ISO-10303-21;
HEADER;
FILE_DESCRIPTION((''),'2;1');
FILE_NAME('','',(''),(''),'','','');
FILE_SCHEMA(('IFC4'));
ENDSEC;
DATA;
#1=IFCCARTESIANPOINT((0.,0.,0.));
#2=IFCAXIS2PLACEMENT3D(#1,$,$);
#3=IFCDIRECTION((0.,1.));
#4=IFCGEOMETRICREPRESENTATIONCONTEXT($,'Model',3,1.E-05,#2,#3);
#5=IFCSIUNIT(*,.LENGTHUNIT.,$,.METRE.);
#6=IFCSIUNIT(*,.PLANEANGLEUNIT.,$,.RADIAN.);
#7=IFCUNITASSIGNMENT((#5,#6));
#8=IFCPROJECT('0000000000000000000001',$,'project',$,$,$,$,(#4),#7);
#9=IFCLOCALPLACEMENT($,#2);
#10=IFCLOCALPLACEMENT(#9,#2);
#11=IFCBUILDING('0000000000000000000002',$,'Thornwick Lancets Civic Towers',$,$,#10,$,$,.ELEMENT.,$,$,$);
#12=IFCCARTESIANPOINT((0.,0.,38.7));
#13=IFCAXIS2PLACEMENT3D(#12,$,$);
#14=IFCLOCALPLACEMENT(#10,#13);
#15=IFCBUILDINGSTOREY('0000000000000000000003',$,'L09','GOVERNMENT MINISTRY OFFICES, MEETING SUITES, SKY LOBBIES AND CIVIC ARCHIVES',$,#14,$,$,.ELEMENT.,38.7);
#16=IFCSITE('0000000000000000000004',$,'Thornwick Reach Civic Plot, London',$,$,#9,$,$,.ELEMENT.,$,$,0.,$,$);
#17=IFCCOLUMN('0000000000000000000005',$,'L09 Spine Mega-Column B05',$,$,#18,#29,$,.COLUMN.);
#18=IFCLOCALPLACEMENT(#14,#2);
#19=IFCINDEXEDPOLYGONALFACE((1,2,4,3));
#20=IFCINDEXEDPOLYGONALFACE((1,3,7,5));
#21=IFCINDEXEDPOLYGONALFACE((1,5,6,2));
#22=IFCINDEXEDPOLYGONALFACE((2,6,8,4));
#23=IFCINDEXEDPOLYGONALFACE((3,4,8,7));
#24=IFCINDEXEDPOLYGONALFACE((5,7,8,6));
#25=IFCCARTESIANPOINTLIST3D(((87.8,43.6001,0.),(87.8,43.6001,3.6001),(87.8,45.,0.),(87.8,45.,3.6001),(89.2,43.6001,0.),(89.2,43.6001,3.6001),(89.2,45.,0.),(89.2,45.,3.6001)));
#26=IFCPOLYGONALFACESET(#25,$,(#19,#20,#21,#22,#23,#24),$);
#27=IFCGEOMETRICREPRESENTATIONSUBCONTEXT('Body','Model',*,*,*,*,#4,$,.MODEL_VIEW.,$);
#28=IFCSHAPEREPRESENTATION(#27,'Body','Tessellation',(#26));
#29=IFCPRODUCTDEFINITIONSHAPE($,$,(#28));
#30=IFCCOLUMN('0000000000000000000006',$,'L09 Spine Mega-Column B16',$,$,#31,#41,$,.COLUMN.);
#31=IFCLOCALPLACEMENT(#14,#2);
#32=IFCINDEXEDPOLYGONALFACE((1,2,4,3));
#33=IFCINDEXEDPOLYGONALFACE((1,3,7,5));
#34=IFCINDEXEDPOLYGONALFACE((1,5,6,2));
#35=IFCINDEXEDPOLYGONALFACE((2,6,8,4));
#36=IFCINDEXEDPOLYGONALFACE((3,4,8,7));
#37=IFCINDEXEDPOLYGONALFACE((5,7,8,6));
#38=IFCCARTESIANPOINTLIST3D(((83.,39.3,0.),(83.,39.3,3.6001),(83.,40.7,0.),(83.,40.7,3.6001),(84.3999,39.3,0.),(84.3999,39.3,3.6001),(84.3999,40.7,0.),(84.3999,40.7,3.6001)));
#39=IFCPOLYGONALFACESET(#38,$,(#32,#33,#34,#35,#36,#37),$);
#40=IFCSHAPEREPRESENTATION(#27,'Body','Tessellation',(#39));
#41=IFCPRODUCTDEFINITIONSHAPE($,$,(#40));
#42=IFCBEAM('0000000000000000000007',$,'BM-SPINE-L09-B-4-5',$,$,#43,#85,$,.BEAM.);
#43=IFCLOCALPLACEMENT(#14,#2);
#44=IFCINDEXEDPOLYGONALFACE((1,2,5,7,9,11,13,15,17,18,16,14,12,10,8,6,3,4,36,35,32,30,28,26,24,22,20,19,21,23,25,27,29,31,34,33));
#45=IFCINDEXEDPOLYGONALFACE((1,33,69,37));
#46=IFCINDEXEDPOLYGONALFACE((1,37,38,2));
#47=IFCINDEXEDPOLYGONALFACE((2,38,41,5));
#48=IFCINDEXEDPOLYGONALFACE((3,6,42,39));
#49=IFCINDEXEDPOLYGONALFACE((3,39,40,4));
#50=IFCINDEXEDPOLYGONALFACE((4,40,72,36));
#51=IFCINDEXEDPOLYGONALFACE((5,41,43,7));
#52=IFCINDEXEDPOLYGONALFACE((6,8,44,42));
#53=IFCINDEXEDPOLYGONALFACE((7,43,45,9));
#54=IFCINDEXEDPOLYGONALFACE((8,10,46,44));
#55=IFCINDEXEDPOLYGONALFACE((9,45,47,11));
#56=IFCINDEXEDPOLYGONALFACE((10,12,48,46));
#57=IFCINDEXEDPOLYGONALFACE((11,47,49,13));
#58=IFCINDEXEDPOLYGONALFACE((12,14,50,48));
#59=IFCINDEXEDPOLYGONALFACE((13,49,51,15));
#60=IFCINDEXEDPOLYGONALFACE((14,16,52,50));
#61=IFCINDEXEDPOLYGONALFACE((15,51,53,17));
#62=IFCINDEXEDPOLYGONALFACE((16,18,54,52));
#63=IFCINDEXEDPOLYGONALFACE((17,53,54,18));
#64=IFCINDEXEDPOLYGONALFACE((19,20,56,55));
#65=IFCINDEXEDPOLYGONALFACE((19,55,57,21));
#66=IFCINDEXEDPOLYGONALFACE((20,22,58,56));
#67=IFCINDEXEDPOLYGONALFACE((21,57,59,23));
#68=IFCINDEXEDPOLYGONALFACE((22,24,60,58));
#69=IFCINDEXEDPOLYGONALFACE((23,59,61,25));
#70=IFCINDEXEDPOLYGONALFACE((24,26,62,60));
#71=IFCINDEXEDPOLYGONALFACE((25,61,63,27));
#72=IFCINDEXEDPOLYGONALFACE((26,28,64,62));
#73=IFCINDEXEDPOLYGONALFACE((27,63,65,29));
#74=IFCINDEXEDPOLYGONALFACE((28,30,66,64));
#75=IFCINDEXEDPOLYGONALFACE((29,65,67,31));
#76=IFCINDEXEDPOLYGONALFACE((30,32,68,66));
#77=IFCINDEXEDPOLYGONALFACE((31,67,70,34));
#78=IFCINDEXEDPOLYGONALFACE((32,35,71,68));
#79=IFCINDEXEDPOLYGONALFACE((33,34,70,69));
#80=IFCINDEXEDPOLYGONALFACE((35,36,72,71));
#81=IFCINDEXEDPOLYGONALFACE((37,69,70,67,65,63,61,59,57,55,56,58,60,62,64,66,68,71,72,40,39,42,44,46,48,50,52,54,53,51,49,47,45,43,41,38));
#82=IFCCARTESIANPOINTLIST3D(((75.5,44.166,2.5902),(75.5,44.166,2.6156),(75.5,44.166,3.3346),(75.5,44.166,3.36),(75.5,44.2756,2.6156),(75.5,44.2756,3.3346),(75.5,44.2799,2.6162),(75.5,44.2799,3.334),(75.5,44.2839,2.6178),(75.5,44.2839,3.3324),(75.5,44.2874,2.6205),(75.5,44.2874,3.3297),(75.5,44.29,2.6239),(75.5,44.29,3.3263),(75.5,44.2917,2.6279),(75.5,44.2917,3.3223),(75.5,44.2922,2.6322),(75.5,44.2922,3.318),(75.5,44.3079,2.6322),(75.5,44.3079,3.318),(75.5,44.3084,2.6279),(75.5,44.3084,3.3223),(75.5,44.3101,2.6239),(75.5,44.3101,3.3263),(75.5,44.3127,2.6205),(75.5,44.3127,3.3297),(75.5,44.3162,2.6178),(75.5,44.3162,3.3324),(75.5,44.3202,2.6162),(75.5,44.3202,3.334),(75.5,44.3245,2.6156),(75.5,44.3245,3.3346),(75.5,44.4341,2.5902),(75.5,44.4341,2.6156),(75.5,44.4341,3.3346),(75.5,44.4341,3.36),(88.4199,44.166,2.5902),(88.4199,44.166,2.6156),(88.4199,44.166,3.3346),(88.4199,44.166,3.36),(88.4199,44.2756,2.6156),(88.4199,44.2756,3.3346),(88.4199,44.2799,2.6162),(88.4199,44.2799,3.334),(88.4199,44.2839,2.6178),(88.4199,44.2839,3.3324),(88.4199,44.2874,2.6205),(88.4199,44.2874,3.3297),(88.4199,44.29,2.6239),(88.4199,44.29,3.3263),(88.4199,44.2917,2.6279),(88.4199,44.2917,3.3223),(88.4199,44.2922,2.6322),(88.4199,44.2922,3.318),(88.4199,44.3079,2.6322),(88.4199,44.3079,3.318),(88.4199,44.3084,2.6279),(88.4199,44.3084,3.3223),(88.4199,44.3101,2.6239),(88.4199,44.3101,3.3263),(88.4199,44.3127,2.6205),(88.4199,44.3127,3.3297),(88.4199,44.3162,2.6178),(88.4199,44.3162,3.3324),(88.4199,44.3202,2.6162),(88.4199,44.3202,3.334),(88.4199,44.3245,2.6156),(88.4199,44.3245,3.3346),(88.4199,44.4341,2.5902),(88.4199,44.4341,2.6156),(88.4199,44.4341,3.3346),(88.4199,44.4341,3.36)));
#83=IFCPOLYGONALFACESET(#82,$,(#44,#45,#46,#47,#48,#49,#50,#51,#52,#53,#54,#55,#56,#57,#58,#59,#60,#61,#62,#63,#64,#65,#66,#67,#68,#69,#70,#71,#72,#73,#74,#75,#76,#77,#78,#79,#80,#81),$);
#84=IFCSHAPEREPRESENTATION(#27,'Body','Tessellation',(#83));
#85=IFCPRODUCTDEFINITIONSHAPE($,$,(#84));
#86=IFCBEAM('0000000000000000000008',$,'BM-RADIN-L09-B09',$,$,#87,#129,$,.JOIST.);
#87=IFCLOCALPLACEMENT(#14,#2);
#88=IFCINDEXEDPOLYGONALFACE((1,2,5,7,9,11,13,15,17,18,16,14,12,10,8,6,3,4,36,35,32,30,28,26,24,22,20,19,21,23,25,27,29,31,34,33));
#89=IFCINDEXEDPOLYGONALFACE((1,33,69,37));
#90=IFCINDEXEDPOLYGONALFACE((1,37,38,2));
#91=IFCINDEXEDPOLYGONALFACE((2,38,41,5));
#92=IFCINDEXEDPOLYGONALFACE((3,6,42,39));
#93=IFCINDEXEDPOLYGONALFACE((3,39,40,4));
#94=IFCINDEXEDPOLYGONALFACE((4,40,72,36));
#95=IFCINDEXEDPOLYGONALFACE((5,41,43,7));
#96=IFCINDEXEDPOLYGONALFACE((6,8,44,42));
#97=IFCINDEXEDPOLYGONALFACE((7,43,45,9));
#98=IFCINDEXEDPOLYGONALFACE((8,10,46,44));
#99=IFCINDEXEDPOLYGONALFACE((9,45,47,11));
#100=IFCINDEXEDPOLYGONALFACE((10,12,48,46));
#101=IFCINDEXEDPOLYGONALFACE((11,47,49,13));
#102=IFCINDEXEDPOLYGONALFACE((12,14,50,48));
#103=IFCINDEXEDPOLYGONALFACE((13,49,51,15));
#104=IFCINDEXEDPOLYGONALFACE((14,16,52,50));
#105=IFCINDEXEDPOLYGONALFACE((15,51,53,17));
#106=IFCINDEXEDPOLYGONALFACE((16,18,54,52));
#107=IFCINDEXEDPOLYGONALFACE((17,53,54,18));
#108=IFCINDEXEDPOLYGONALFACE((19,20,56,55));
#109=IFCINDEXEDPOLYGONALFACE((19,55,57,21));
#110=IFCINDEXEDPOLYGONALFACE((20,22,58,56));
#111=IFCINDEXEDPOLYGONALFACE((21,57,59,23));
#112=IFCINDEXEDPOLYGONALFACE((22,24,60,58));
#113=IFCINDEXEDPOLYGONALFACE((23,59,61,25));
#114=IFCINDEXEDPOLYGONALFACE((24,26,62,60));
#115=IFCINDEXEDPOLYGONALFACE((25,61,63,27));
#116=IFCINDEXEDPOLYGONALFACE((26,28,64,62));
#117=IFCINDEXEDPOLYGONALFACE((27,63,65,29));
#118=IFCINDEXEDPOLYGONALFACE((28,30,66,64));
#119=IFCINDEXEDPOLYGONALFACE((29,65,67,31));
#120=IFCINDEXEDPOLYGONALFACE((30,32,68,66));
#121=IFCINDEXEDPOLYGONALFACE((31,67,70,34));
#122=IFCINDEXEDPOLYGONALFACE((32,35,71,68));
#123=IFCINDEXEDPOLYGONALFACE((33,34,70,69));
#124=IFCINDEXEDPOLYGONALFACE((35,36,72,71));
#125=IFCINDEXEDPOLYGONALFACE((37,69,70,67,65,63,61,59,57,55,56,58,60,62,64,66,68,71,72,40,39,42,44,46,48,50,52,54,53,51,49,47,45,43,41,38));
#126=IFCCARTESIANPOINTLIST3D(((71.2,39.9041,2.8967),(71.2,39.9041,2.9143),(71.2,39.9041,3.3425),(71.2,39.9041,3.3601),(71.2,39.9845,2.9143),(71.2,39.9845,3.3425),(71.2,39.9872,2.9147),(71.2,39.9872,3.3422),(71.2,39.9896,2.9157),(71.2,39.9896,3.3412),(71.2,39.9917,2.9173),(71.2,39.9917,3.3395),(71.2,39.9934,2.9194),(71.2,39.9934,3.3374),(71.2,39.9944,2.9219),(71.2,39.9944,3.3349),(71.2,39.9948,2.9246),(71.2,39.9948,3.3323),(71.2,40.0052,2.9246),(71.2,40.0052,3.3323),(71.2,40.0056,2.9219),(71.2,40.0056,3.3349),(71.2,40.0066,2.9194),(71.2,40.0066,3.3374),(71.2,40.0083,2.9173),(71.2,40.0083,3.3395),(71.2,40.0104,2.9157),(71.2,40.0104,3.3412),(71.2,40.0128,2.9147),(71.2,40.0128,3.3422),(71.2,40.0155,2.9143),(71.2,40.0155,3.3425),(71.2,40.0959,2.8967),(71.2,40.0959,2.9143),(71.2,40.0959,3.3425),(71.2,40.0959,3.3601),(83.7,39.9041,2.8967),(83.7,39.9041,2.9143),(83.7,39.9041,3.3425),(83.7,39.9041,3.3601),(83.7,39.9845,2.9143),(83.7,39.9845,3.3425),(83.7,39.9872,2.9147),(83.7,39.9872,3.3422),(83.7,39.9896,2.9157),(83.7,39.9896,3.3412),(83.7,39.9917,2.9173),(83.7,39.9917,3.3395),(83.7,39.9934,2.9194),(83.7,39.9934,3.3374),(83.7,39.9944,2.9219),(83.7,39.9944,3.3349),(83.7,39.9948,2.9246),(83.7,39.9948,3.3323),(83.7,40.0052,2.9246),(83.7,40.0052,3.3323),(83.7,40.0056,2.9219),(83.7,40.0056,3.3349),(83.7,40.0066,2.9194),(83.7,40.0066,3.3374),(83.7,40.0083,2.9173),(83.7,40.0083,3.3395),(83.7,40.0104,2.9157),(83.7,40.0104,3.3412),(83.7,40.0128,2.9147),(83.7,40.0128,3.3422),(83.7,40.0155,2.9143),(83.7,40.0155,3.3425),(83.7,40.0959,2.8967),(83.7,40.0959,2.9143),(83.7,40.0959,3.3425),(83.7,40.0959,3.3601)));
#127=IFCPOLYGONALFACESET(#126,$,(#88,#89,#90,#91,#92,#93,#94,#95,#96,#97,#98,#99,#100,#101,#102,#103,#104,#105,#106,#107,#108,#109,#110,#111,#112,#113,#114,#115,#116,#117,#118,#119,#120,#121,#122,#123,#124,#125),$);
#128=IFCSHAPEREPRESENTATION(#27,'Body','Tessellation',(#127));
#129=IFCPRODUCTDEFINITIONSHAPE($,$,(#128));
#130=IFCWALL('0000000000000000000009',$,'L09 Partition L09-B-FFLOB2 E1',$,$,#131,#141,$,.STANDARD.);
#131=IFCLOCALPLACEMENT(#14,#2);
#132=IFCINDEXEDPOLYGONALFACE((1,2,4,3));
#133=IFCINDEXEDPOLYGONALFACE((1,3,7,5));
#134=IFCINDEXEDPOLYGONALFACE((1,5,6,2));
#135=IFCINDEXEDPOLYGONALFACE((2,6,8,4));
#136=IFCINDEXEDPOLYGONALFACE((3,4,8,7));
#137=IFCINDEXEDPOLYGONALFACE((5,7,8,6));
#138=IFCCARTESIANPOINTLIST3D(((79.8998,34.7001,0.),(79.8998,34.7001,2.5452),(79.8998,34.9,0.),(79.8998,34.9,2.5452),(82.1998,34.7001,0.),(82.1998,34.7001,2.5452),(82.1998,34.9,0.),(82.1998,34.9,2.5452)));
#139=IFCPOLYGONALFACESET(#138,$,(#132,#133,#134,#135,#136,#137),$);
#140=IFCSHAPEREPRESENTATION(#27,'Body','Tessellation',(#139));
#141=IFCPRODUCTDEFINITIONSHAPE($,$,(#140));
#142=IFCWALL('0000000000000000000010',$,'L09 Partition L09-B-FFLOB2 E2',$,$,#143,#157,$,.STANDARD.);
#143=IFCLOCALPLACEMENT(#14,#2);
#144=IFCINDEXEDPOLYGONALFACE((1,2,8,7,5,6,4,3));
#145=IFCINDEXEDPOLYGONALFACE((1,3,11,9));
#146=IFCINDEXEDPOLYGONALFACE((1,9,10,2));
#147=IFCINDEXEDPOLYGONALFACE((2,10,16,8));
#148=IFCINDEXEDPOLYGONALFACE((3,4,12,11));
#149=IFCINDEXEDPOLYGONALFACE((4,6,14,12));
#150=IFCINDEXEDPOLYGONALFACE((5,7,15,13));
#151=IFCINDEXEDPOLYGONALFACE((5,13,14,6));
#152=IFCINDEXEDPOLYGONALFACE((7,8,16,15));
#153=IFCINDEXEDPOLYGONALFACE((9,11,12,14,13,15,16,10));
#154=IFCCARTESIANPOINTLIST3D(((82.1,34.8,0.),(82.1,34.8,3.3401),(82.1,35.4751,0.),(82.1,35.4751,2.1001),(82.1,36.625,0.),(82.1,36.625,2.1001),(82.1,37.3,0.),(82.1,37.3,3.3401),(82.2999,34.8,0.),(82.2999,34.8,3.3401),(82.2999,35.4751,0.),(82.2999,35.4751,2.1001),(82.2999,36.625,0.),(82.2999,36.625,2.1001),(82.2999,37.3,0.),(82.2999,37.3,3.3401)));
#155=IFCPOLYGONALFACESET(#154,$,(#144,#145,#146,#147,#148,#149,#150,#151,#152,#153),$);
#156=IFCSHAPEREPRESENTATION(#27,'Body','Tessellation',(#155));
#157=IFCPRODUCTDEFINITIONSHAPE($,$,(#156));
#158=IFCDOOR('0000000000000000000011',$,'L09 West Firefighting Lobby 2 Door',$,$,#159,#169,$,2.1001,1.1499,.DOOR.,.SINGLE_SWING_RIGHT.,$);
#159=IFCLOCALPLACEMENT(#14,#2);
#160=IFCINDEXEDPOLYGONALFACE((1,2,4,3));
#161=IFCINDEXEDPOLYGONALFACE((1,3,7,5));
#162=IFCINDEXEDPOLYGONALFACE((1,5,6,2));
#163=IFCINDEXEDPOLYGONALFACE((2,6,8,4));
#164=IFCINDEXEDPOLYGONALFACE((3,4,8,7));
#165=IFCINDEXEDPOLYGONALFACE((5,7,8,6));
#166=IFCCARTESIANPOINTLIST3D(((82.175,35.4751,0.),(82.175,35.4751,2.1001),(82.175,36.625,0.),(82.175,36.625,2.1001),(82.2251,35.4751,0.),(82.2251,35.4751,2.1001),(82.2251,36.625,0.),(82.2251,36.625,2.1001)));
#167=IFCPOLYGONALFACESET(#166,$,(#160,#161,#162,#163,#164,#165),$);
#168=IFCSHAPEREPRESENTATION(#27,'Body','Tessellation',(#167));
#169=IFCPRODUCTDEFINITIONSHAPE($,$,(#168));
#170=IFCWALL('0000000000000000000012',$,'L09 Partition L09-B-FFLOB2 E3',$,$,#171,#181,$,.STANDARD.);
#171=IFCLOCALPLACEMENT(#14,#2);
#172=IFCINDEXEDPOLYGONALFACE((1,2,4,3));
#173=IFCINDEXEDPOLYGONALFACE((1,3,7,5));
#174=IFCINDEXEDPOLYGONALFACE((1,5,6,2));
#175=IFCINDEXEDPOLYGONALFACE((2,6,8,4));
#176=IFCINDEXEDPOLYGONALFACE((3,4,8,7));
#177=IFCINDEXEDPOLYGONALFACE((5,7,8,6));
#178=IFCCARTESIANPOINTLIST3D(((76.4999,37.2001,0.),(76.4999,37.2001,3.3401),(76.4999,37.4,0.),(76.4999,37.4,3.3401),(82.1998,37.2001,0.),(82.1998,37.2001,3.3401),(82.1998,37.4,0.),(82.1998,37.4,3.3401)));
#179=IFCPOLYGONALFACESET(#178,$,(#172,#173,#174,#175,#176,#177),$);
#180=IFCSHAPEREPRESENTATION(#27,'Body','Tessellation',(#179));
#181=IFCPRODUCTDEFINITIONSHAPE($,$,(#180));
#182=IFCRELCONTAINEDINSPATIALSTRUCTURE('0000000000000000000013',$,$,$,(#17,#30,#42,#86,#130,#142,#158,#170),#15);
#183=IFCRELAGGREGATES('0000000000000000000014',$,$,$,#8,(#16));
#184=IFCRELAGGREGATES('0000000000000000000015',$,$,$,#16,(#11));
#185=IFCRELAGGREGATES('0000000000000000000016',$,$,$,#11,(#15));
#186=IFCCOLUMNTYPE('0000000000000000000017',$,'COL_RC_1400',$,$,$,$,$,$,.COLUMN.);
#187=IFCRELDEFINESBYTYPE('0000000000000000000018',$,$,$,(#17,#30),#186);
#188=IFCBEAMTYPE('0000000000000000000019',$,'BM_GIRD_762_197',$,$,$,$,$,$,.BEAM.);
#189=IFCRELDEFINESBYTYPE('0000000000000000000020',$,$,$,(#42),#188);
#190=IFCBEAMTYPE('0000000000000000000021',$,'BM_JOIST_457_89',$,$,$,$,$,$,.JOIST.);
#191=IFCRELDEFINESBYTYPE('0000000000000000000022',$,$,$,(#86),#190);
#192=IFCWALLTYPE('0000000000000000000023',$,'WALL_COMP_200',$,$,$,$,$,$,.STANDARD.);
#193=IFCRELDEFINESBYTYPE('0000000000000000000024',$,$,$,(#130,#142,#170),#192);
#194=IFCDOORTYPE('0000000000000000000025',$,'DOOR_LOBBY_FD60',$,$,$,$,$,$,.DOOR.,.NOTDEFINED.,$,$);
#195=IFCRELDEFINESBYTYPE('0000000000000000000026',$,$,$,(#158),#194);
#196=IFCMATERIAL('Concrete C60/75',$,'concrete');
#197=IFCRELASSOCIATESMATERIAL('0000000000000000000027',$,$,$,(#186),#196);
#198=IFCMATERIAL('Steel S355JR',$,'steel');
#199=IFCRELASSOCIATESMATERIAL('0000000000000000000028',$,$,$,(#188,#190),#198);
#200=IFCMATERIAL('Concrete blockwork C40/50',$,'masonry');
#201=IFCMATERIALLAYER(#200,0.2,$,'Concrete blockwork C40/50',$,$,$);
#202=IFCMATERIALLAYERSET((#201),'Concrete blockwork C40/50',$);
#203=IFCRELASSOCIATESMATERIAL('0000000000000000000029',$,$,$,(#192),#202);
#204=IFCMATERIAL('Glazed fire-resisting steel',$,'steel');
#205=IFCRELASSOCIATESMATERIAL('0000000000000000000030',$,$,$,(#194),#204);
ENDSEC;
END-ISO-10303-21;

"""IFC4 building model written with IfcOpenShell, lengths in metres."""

from ifc_helpers import new_model, si_unit, direction, frame, frame_2d, origin, origin_2d, place, context, subcontext, project, spatial, rectangle, i_section, extrude, material, layer, layer_set, material_profile, profile_set, type_object, element, fill, save


model = new_model("IFC4")

# Units and contexts
model_context = context("Model", 3, precision=1e-05, world=origin(), true_north=direction((0.0, 1.0)))
body_context = subcontext(model_context, "Body", "Model", "MODEL_VIEW")
ifc_project = project(units=[si_unit("LENGTHUNIT", "METRE"), si_unit("PLANEANGLEUNIT", "RADIAN")], contexts=[model_context])

# Site, building, storey
site_placement = place(None, origin())
site = spatial("IfcSite", under=ifc_project, at=site_placement, Name="Thornwick Reach Civic Plot, London", CompositionType="ELEMENT", RefElevation=0.0)
building_placement = place(site_placement, origin())
building = spatial("IfcBuilding", under=site, at=building_placement, Name="Thornwick Lancets Civic Towers", CompositionType="ELEMENT")
storey_placement = place(building_placement, frame((0.0, 0.0, 38.7)))
storey = spatial("IfcBuildingStorey", under=building, at=storey_placement, Name="L09", Description="GOVERNMENT MINISTRY OFFICES, MEETING SUITES, SKY LOBBIES AND CIVIC ARCHIVES", CompositionType="ELEMENT", Elevation=38.7)

# Columns
ifc_material_1 = material(Name="Concrete C60/75", Category="concrete")
ifc_material_profile_1 = material_profile(ifc_material_1, rectangle(XDim=1.3999, YDim=1.3999, at=origin_2d()), Name="RC 1400x1400")
ifc_profile_set_1 = profile_set([ifc_material_profile_1], Name="Concrete C60/75")
column_type = type_object("IfcColumnType", Name="COL_RC_1400", PredefinedType="COLUMN", material=ifc_profile_set_1)
for number, where, z_axis, x_axis, name in (
    (1, (88.5, 44.3, 0.0), (0.0, 0.0, 1.0), (1.0, 0.0, 0.0), "L09 Spine Mega-Column B05"),
    (2, (83.7, 40.0, 0.0), (0.0, 0.0, 1.0), (1.0, 0.0, 0.0), "L09 Spine Mega-Column B16"),
):
    element("IfcColumn", number, at=place(storey_placement, frame(where, z_axis=z_axis, x_axis=x_axis)), inside=storey, type_object=column_type, Name=name, PredefinedType="COLUMN", context=body_context, shape_type="SweptSolid", body=[
        extrude(rectangle(XDim=1.3999, YDim=1.3999, at=origin_2d()), origin(), (0.0, 0.0, 1.0), 3.6001),
    ])

# Beams
ifc_material_2 = material(Name="Steel S355JR", Category="steel")
ifc_material_profile_2 = material_profile(ifc_material_2, i_section(OverallWidth=0.2681, OverallDepth=0.7698, WebThickness=0.0156, FlangeThickness=0.0254, FilletRadius=0.0166, at=origin_2d()), Name="UKB 762x267x197")
ifc_profile_set_2 = profile_set([ifc_material_profile_2], Name="Steel S355JR")
beam_type_1 = type_object("IfcBeamType", Name="BM_GIRD_762_197", PredefinedType="BEAM", material=ifc_profile_set_2)
beam_1_placement = place(storey_placement, frame((88.4199, 44.3, 2.9751), z_axis=(-1.0, 0.0, 0.0), x_axis=(0.0, -1.0, 0.0)))
element("IfcBeam", 3, at=beam_1_placement, inside=storey, type_object=beam_type_1, Name="BM-SPINE-L09-B-4-5", PredefinedType="BEAM", context=body_context, shape_type="SweptSolid", body=[
    extrude(i_section(OverallWidth=0.2681, OverallDepth=0.7698, WebThickness=0.0156, FlangeThickness=0.0254, FilletRadius=0.0166, at=origin_2d()), origin(), (0.0, 0.0, 1.0), 12.9199),
])
ifc_material_profile_3 = material_profile(ifc_material_2, i_section(OverallWidth=0.1919, OverallDepth=0.4634, WebThickness=0.0105, FlangeThickness=0.0176, FilletRadius=0.0103, at=origin_2d()), Name="UKB 457x191x89")
ifc_profile_set_3 = profile_set([ifc_material_profile_3], Name="Steel S355JR")
beam_type_2 = type_object("IfcBeamType", Name="BM_JOIST_457_89", PredefinedType="JOIST", material=ifc_profile_set_3)
beam_2_placement = place(storey_placement, frame((83.7, 40.0, 3.1284), z_axis=(-1.0, 0.0, 0.0), x_axis=(0.0, -1.0, 0.0)))
element("IfcBeam", 4, at=beam_2_placement, inside=storey, type_object=beam_type_2, Name="BM-RADIN-L09-B09", PredefinedType="JOIST", context=body_context, shape_type="SweptSolid", body=[
    extrude(i_section(OverallWidth=0.1919, OverallDepth=0.4634, WebThickness=0.0105, FlangeThickness=0.0176, FilletRadius=0.0103, at=origin_2d()), origin(), (0.0, 0.0, 1.0), 12.5),
])

# Wall
ifc_material_3 = material(Name="Concrete blockwork C40/50", Category="masonry")
ifc_layer_1 = layer(ifc_material_3, 0.2, Name="Concrete blockwork C40/50")
ifc_layer_set_1 = layer_set([ifc_layer_1], Name="Concrete blockwork C40/50")
wall_type_1 = type_object("IfcWallType", Name="WALL_COMP_200", PredefinedType="STANDARD", material=ifc_layer_set_1)
wall_1_placement = place(storey_placement, frame((79.8999, 34.8, 0.0), z_axis=(0.0, 0.0, 1.0), x_axis=(1.0, 0.0, 0.0)))
element("IfcWall", 5, at=wall_1_placement, inside=storey, type_object=wall_type_1, Name="L09 Partition L09-B-FFLOB2 E1", PredefinedType="STANDARD", context=body_context, shape_type="SweptSolid", body=[
    extrude(rectangle(XDim=2.3, YDim=0.2, at=frame_2d((1.1499, 0.0))), origin(), (0.0, 0.0, 1.0), 2.5452),
])

# Wall, opening, door
wall_2_placement = place(storey_placement, frame((82.2, 34.8, 0.0), z_axis=(0.0, 0.0, 1.0), x_axis=(0.0, 1.0, 0.0)))
wall_2 = element("IfcWall", 6, at=wall_2_placement, inside=storey, type_object=wall_type_1, Name="L09 Partition L09-B-FFLOB2 E2", PredefinedType="STANDARD", context=body_context, shape_type="SweptSolid", body=[
    extrude(rectangle(XDim=2.5, YDim=0.2, at=frame_2d((1.25, 0.0))), origin(), (0.0, 0.0, 1.0), 3.3401),
])
opening_1_placement = place(wall_2_placement, frame((0.675, 0.0, 0.0)))
opening_1 = element("IfcOpeningElement", 7, at=opening_1_placement, cuts=wall_2, PredefinedType="OPENING", context=body_context, shape_type="SweptSolid", body=[
    extrude(rectangle(XDim=1.1499, YDim=2.1001, at=frame_2d((0.575, 1.05))), frame((0.0, 0.1099, 0.0), z_axis=(0.0, -1.0, 0.0), x_axis=(1.0, 0.0, 0.0)), (0.0, 0.0, 1.0), 0.22),
])
ifc_material_4 = material(Name="Glazed fire-resisting steel", Category="steel")
door_type_1 = type_object("IfcDoorType", Name="DOOR_LOBBY_FD60", OperationType="NOTDEFINED", PredefinedType="DOOR", material=ifc_material_4)
door_1_placement = place(opening_1_placement, origin())
door_1 = element("IfcDoor", 8, at=door_1_placement, inside=storey, type_object=door_type_1, Name="L09 West Firefighting Lobby 2 Door", OperationType="SINGLE_SWING_RIGHT", OverallHeight=2.1001, OverallWidth=1.1499, PredefinedType="DOOR", context=body_context, shape_type="SweptSolid", body=[
    extrude(rectangle(XDim=1.1499, YDim=2.1001, at=frame_2d((0.575, 1.05))), frame((0.0, 0.0249, 0.0), z_axis=(0.0, -1.0, 0.0), x_axis=(1.0, 0.0, 0.0)), (0.0, 0.0, 1.0), 0.05),
])
fill(opening_1, door_1)

# Wall
wall_3_placement = place(storey_placement, frame((82.2, 37.3, 0.0), z_axis=(0.0, 0.0, 1.0), x_axis=(-1.0, 0.0, 0.0)))
element("IfcWall", 9, at=wall_3_placement, inside=storey, type_object=wall_type_1, Name="L09 Partition L09-B-FFLOB2 E3", PredefinedType="STANDARD", context=body_context, shape_type="SweptSolid", body=[
    extrude(rectangle(XDim=5.7, YDim=0.2, at=frame_2d((2.8501, 0.0))), origin(), (0.0, 0.0, 1.0), 3.3401),
])

save(model, "model.ifc")
